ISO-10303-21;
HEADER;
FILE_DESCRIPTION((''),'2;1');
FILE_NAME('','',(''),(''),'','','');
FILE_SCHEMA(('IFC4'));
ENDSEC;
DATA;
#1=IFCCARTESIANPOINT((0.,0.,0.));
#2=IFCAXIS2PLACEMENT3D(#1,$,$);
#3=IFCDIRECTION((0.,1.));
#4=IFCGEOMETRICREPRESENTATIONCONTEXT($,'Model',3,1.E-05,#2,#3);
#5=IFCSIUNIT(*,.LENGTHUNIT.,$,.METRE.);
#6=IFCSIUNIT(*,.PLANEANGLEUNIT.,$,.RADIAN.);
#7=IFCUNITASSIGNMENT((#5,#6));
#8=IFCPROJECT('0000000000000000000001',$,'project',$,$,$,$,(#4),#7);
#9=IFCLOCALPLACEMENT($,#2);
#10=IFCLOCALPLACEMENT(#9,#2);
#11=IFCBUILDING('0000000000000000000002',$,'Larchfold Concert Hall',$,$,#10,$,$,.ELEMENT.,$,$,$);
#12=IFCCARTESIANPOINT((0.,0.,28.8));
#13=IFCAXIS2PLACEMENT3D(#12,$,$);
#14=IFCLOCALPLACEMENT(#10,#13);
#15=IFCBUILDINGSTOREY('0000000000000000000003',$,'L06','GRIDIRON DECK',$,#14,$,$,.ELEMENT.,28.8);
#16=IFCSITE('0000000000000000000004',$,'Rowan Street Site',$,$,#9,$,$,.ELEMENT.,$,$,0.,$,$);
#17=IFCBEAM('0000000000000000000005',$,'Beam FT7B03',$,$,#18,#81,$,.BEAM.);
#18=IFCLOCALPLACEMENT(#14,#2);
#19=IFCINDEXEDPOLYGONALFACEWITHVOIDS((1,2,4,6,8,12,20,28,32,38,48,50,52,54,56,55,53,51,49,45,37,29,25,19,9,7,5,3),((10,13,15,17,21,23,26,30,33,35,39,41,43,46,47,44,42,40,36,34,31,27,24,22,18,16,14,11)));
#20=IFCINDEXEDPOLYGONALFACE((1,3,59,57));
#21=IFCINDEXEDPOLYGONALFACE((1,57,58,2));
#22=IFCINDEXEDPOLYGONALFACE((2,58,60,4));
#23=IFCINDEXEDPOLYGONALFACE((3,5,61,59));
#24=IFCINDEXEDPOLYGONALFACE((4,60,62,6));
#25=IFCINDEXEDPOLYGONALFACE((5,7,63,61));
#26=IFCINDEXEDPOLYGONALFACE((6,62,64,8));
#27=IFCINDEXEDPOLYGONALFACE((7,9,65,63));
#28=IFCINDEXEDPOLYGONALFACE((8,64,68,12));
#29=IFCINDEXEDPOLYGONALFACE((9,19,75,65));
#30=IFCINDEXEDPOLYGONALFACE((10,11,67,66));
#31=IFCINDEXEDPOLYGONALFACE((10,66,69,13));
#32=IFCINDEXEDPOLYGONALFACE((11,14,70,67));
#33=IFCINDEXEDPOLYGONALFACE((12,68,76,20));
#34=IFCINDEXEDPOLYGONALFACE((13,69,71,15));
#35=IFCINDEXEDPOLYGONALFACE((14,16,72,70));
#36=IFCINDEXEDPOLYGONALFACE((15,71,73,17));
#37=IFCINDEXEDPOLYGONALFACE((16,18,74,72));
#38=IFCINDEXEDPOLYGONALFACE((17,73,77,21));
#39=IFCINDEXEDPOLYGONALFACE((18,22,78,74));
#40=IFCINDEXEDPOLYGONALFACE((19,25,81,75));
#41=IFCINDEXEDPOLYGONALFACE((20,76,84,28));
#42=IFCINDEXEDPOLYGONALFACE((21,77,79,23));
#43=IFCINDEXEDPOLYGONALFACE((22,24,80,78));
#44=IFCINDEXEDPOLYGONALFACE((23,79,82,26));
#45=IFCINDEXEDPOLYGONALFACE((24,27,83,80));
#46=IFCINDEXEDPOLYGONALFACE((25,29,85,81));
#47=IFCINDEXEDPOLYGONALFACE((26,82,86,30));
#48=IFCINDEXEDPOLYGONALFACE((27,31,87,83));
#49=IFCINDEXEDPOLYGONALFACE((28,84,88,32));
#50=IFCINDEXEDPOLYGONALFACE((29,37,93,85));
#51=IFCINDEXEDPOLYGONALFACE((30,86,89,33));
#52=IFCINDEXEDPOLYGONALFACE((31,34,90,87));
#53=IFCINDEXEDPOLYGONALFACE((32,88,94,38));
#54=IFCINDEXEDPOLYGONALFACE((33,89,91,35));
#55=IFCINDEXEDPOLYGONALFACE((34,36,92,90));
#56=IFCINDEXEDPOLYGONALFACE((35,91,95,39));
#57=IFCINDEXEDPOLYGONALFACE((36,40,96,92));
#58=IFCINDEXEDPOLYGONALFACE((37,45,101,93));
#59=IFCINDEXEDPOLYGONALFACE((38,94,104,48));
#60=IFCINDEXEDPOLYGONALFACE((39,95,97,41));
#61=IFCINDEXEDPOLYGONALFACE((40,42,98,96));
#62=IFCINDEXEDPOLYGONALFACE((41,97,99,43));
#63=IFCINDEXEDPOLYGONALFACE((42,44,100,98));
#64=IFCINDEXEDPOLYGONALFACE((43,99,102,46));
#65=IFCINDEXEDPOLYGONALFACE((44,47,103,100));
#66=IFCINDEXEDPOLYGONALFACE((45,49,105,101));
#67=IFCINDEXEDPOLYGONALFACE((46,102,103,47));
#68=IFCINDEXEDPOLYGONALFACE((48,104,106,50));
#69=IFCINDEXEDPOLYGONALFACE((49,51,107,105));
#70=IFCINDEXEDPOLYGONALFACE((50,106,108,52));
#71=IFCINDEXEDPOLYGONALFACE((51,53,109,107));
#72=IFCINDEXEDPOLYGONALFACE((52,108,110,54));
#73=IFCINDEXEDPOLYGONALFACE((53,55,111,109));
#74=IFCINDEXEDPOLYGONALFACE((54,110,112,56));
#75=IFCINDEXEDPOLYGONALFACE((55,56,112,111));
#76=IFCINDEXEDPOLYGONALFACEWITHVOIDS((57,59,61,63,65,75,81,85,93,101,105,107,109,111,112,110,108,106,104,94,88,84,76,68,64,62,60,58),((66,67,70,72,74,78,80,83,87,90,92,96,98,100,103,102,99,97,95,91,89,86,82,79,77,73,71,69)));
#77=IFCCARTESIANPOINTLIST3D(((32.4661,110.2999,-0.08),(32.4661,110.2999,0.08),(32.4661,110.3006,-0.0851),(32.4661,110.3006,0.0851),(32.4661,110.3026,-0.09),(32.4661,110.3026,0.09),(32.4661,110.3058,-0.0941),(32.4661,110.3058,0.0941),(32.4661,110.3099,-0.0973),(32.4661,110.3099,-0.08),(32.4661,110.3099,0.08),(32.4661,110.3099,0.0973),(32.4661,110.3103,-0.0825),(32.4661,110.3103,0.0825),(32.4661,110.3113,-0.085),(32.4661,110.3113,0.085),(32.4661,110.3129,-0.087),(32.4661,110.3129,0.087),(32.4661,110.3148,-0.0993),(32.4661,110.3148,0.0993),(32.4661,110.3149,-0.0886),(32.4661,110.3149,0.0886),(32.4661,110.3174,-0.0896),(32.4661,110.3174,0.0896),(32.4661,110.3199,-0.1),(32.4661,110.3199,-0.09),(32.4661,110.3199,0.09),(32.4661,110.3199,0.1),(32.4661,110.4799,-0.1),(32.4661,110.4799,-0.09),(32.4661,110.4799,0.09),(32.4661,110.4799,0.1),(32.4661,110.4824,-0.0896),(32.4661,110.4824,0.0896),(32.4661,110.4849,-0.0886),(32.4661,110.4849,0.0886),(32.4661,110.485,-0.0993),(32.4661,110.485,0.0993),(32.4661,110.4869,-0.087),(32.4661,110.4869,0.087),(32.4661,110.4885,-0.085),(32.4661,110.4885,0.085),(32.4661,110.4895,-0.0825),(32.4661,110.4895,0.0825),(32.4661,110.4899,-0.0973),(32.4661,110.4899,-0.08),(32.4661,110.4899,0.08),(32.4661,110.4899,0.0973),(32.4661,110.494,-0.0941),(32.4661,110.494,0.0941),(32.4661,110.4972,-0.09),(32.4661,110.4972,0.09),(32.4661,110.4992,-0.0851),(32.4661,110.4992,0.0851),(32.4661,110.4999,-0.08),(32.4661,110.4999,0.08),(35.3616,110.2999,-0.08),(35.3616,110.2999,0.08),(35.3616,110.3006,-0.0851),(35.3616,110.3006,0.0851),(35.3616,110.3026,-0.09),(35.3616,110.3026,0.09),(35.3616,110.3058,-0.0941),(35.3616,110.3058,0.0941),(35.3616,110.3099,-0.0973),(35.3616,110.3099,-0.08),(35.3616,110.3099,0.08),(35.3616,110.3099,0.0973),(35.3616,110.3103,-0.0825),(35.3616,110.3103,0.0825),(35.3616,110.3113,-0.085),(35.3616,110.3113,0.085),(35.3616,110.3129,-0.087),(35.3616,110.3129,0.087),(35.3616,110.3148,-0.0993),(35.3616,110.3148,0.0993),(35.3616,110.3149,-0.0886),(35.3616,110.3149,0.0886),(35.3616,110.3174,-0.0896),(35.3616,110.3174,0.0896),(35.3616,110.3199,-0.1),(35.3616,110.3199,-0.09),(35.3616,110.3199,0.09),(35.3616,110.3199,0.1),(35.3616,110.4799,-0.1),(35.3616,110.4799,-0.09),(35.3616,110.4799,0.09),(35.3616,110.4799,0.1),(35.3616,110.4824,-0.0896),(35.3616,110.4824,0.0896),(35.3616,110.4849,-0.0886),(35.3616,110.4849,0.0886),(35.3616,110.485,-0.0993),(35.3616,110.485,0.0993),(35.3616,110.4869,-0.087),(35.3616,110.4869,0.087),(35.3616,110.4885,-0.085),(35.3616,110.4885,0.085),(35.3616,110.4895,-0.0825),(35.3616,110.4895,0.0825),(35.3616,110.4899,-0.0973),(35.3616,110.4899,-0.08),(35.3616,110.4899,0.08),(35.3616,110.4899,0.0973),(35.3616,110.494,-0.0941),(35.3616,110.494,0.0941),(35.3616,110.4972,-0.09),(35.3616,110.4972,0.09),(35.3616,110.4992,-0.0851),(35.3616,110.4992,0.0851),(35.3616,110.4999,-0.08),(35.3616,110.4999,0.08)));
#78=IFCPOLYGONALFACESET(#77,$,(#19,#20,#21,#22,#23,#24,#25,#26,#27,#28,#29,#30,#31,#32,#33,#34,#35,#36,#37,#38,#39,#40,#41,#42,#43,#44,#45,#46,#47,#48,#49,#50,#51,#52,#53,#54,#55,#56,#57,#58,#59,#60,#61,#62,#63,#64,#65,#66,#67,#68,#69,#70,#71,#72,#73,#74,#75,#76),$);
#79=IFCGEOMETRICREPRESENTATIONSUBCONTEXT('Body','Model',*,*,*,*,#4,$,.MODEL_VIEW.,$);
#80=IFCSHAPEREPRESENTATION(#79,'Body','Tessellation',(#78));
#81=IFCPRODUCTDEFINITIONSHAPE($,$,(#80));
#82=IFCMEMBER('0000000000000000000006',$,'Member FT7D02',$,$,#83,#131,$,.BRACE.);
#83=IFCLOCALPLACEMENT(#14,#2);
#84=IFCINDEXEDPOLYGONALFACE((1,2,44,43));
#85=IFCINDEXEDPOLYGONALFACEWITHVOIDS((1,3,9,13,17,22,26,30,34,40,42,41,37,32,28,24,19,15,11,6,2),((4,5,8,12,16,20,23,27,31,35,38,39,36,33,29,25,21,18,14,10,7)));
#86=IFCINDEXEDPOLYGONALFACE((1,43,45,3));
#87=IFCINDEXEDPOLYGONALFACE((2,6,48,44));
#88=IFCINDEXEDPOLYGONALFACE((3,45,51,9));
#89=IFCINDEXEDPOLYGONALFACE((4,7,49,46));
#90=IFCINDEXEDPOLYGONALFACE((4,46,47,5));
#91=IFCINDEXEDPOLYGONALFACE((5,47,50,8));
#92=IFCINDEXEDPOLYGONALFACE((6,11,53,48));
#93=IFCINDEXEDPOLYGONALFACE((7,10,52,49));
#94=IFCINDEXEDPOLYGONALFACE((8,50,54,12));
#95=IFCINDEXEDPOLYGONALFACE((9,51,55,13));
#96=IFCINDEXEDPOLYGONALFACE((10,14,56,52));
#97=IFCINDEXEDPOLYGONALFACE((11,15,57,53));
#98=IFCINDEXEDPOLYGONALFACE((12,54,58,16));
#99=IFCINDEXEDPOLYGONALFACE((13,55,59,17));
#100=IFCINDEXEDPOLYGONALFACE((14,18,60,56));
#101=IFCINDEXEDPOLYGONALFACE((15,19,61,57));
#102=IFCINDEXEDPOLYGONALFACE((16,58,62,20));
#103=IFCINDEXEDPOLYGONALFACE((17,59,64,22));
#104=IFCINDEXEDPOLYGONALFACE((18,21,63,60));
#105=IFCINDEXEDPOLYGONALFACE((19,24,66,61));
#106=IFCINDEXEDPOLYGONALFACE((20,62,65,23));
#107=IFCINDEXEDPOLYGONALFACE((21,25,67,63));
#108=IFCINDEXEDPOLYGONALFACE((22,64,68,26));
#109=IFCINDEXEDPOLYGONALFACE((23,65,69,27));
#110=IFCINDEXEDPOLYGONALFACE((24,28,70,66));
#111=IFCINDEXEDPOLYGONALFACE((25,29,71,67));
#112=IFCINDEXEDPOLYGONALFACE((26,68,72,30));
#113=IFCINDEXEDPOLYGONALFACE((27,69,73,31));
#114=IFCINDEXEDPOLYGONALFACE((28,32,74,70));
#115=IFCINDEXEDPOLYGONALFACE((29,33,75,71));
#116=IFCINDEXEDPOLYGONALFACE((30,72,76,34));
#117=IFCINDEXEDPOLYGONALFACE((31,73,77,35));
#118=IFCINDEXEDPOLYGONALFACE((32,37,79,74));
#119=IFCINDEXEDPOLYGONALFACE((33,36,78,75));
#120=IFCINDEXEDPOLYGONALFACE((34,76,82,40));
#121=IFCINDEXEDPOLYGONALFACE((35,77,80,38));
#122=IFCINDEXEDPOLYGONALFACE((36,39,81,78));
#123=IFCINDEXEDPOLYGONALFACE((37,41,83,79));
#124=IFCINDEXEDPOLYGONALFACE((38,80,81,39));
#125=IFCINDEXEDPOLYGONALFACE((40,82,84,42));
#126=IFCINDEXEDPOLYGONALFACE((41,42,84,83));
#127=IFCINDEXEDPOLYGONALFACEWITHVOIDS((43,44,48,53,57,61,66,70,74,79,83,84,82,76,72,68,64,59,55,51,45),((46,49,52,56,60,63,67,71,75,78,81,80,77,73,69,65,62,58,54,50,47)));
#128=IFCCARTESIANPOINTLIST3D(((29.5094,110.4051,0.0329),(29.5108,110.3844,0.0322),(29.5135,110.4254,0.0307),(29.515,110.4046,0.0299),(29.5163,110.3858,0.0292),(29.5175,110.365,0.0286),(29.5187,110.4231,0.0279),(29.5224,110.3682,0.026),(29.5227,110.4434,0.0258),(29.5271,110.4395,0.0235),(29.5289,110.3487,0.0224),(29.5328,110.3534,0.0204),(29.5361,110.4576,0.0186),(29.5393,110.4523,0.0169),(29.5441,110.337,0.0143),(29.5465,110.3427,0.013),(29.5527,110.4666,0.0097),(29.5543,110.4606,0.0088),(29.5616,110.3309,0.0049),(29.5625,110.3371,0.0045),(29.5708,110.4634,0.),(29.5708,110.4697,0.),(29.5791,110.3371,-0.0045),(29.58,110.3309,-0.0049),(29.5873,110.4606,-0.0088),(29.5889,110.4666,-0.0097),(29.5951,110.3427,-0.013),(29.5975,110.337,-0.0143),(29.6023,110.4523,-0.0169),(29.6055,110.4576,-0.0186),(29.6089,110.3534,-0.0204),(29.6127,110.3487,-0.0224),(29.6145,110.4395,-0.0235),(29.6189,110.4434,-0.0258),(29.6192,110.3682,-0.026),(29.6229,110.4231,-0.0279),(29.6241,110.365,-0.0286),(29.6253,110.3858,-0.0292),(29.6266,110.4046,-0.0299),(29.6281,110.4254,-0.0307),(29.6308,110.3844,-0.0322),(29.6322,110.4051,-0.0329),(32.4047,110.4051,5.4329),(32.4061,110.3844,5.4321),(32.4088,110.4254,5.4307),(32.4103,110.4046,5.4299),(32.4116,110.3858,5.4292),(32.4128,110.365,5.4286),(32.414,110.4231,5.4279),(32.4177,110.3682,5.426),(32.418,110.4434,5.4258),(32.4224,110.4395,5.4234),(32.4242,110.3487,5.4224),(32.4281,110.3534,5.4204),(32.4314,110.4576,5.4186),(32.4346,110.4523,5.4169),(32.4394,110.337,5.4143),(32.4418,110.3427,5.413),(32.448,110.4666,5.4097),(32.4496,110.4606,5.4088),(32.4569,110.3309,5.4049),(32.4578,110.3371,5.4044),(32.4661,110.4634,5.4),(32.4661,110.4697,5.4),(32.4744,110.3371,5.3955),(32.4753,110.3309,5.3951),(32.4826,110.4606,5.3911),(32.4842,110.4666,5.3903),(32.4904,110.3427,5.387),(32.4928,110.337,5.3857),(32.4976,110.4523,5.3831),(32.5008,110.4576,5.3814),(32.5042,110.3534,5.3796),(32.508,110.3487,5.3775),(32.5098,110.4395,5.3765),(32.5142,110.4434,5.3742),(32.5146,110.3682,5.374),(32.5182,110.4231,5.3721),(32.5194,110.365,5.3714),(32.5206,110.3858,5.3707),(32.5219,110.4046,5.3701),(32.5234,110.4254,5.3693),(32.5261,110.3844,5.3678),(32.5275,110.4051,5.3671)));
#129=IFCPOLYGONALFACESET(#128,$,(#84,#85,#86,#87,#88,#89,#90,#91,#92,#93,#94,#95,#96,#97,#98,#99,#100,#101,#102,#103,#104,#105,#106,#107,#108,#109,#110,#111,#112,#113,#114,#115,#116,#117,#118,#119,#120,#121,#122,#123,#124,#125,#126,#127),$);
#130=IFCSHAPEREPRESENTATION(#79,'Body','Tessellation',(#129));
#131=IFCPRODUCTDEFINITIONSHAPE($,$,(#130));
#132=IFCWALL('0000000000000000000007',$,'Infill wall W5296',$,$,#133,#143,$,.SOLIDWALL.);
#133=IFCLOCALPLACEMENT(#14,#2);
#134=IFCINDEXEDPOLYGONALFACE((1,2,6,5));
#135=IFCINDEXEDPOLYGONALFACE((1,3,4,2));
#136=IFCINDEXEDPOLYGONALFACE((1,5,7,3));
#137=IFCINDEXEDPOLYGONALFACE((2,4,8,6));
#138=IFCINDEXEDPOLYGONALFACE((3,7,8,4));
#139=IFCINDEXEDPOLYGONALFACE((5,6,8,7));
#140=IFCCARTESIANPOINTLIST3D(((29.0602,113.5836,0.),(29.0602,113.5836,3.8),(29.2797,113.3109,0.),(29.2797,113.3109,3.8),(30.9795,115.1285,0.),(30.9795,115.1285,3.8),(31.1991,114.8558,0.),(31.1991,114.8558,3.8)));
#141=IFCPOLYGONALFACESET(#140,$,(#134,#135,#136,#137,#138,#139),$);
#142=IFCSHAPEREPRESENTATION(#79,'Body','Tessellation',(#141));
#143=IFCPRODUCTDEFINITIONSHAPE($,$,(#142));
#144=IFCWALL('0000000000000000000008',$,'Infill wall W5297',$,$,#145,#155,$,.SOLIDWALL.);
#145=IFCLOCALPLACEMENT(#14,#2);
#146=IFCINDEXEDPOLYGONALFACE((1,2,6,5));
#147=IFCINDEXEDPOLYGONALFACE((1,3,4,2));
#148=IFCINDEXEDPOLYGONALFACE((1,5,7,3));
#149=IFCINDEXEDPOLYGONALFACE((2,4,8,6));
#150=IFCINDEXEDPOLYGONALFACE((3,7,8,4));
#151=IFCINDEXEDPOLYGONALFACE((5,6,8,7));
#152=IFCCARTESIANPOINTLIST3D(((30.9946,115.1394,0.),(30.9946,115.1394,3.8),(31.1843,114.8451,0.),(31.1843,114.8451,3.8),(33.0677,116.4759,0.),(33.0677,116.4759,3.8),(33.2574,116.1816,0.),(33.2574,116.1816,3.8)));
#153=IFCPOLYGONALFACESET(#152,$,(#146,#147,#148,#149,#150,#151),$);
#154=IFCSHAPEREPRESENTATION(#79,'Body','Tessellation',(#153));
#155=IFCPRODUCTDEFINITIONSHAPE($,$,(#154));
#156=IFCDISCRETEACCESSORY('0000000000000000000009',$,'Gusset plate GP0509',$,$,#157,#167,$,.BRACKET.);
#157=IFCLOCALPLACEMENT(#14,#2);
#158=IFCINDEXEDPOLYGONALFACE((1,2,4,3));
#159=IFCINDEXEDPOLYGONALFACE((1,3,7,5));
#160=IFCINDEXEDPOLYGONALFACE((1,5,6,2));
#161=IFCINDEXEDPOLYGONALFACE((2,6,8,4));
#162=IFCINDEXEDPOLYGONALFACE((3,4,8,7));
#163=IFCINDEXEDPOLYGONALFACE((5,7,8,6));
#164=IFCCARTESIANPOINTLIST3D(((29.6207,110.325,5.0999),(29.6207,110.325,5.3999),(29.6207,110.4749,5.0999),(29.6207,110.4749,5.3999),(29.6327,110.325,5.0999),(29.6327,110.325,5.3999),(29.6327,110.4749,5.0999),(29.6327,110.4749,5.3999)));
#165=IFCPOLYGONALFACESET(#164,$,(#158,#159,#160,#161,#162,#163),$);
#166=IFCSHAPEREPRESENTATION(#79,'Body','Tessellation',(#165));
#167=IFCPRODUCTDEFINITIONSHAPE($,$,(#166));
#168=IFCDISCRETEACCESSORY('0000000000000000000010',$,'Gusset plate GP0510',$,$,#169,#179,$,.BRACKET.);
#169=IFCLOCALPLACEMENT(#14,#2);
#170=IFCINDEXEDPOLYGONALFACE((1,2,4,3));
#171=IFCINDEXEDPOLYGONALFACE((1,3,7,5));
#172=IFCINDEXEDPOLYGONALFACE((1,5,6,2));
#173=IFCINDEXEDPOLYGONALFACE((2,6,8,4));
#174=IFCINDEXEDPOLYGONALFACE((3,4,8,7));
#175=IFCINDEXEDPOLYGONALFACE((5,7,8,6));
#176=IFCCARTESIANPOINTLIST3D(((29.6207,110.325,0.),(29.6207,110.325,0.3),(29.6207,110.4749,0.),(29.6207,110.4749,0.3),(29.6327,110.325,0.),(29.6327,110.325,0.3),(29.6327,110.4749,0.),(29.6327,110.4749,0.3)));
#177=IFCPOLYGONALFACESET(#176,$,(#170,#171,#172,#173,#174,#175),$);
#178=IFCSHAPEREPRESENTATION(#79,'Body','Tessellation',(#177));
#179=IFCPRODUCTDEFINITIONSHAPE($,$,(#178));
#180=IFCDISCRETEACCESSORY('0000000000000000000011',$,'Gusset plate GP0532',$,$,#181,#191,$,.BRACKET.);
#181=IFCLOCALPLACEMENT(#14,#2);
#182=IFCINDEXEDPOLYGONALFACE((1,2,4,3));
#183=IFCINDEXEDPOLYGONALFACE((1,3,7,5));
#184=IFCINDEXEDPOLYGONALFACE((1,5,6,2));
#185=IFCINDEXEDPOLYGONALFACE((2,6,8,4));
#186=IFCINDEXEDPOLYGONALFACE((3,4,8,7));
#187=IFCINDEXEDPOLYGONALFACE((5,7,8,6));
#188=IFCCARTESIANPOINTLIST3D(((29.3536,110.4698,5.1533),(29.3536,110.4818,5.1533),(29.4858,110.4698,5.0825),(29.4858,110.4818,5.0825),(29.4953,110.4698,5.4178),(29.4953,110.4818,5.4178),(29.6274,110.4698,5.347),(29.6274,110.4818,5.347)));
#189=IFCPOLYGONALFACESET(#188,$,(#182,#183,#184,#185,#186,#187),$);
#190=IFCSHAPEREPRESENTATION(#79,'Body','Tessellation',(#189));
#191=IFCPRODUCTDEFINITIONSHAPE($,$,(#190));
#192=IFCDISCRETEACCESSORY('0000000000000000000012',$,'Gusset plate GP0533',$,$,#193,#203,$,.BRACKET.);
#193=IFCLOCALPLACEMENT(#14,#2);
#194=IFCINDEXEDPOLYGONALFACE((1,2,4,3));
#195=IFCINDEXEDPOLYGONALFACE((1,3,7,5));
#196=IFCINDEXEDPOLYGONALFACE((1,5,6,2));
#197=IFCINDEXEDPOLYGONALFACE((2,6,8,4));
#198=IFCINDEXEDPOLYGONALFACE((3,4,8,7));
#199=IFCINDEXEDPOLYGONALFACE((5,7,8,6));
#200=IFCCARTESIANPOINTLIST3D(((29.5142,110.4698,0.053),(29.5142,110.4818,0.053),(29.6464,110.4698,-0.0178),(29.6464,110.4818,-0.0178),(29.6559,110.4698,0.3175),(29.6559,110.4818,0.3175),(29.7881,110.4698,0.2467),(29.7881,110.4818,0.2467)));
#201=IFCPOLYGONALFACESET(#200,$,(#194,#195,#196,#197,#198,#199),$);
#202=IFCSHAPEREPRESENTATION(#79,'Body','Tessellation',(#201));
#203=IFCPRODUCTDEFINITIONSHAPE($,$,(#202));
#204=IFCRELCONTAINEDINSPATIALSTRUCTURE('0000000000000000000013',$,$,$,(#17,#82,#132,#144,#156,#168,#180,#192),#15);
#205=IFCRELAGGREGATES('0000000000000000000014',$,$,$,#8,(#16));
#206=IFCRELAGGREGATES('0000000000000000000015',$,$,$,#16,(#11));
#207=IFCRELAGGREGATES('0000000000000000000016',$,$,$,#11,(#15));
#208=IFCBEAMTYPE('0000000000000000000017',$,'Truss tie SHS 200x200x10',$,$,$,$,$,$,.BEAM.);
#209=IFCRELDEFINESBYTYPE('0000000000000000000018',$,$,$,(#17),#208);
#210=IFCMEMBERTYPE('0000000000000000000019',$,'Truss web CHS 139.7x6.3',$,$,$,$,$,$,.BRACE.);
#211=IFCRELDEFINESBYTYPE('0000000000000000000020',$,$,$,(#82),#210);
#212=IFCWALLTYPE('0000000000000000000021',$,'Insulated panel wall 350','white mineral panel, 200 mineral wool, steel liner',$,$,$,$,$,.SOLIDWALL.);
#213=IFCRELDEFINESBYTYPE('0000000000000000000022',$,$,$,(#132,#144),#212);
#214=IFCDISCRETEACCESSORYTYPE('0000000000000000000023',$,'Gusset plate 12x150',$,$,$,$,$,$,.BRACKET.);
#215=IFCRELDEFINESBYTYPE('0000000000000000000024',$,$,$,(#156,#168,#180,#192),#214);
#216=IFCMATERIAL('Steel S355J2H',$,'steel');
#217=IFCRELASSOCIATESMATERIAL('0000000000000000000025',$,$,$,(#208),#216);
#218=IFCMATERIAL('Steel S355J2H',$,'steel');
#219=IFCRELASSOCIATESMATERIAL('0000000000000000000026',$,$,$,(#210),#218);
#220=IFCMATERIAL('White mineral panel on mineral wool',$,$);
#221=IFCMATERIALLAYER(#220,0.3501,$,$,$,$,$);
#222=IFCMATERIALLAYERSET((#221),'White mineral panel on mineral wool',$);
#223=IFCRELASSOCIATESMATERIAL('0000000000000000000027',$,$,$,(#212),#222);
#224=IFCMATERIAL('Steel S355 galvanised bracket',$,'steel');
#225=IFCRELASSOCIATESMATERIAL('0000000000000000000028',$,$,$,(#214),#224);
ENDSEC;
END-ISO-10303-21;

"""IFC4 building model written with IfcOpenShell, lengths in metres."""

from ifc_helpers import new_model, si_unit, direction, frame, frame_2d, origin, origin_2d, place, context, subcontext, project, spatial, rectangle, hollow_rectangle, hollow_circle, extrude, material, layer, layer_set, material_profile, profile_set, type_object, element, save


model = new_model("IFC4")

# Units and contexts
model_context = context("Model", 3, precision=1e-05, world=origin(), true_north=direction((0.0, 1.0)))
body_context = subcontext(model_context, "Body", "Model", "MODEL_VIEW")
ifc_project = project(units=[si_unit("LENGTHUNIT", "METRE"), si_unit("PLANEANGLEUNIT", "RADIAN")], contexts=[model_context])

# Site, building, storey
site_placement = place(None, origin())
site = spatial("IfcSite", under=ifc_project, at=site_placement, Name="Rowan Street Site", CompositionType="ELEMENT", RefElevation=0.0)
building_placement = place(site_placement, origin())
building = spatial("IfcBuilding", under=site, at=building_placement, Name="Larchfold Concert Hall", CompositionType="ELEMENT")
storey_placement = place(building_placement, frame((0.0, 0.0, 28.8)))
storey = spatial("IfcBuildingStorey", under=building, at=storey_placement, Name="L06", Description="GRIDIRON DECK", CompositionType="ELEMENT", Elevation=28.8)

# Beam
ifc_material_1 = material(Name="Steel S355J2H", Category="steel")
ifc_material_profile_1 = material_profile(ifc_material_1, hollow_rectangle(XDim=0.2, YDim=0.2, WallThickness=0.01, InnerFilletRadius=0.01, OuterFilletRadius=0.02, at=origin_2d()))
ifc_profile_set_1 = profile_set([ifc_material_profile_1], Name="Steel S355J2H")
beam_type_1 = type_object("IfcBeamType", Name="Truss tie SHS 200x200x10", PredefinedType="BEAM", material=ifc_profile_set_1)
beam_1_placement = place(storey_placement, frame((32.4661, 110.3999, 0.0), z_axis=(1.0, 0.0, 0.0), x_axis=(0.0, 1.0, 0.0)))
element("IfcBeam", 1, at=beam_1_placement, inside=storey, type_object=beam_type_1, Name="Beam FT7B03", PredefinedType="BEAM", context=body_context, shape_type="SweptSolid", body=[
    extrude(hollow_rectangle(XDim=0.2, YDim=0.2, WallThickness=0.01, InnerFilletRadius=0.01, OuterFilletRadius=0.02, at=origin_2d()), origin(), (0.0, 0.0, 1.0), 2.8955),
])

# Member
ifc_material_2 = material(Name="Steel S355J2H", Category="steel")
ifc_material_profile_2 = material_profile(ifc_material_2, hollow_circle(Radius=0.0698, WallThickness=0.0063, at=origin_2d()))
ifc_profile_set_2 = profile_set([ifc_material_profile_2], Name="Steel S355J2H")
member_type_1 = type_object("IfcMemberType", Name="Truss web CHS 139.7x6.3", PredefinedType="BRACE", material=ifc_profile_set_2)
member_1_placement = place(storey_placement, frame((29.5708, 110.3999, 0.0), z_axis=(0.472533, 0.0, 0.881313), x_axis=(0.0, 1.0, 0.0)))
element("IfcMember", 2, at=member_1_placement, inside=storey, type_object=member_type_1, Name="Member FT7D02", PredefinedType="BRACE", context=body_context, shape_type="SweptSolid", body=[
    extrude(hollow_circle(Radius=0.0698, WallThickness=0.0063, at=origin_2d()), origin(), (0.0, 0.0, 1.0), 6.1272),
])

# Walls
ifc_material_3 = material(Name="White mineral panel on mineral wool")
ifc_layer = layer(ifc_material_3, 0.3501)
ifc_layer_set = layer_set([ifc_layer], Name="White mineral panel on mineral wool")
wall_type = type_object("IfcWallType", Name="Insulated panel wall 350", Description="white mineral panel, 200 mineral wool, steel liner", PredefinedType="SOLIDWALL", material=ifc_layer_set)
wall_1_placement = place(storey_placement, frame((29.1699, 113.4473, 0.0), z_axis=(0.0, 0.0, 1.0), x_axis=(0.779009, 0.627012, 0.0)))
element("IfcWall", 3, at=wall_1_placement, inside=storey, type_object=wall_type, Name="Infill wall W5296", PredefinedType="SOLIDWALL", context=body_context, shape_type="SweptSolid", body=[
    extrude(rectangle(XDim=2.4639, YDim=0.3501, at=frame_2d((1.2319, 0.0))), origin(), (0.0, 0.0, 1.0), 3.8),
])
wall_2_placement = place(storey_placement, frame((31.0894, 114.9922, 0.0), z_axis=(0.0, 0.0, 1.0), x_axis=(0.84048, 0.541843, 0.0)))
element("IfcWall", 4, at=wall_2_placement, inside=storey, type_object=wall_type, Name="Infill wall W5297", PredefinedType="SOLIDWALL", context=body_context, shape_type="SweptSolid", body=[
    extrude(rectangle(XDim=2.4666, YDim=0.3501, at=frame_2d((1.2334, 0.0))), origin(), (0.0, 0.0, 1.0), 3.8),
])

# Discrete accessories
ifc_material_4 = material(Name="Steel S355 galvanised bracket", Category="steel")
ifc_material_profile_3 = material_profile(ifc_material_4, rectangle(XDim=0.012, YDim=0.1499, at=origin_2d()))
ifc_profile_set_3 = profile_set([ifc_material_profile_3], Name="Steel S355 galvanised bracket")
discrete_accessory_type_1 = type_object("IfcDiscreteAccessoryType", Name="Gusset plate 12x150", PredefinedType="BRACKET", material=ifc_profile_set_3)
for number, where, z_axis, x_axis, name in (
    (5, (29.6267, 110.3999, 5.3999), (0.0, 0.0, -1.0), (1.0, 0.0, 0.0), "Gusset plate GP0509"),
    (6, (29.6267, 110.3999, 0.3), (0.0, 0.0, -1.0), (1.0, 0.0, 0.0), "Gusset plate GP0510"),
    (7, (29.4197, 110.4758, 5.1179), (0.472108, 0.0, 0.88154), (0.0, 1.0, 0.0), "Gusset plate GP0532"),
    (8, (29.5803, 110.4758, 0.0176), (0.472108, 0.0, 0.88154), (0.0, 1.0, 0.0), "Gusset plate GP0533"),
):
    element("IfcDiscreteAccessory", number, at=place(storey_placement, frame(where, z_axis=z_axis, x_axis=x_axis)), inside=storey, type_object=discrete_accessory_type_1, Name=name, PredefinedType="BRACKET", context=body_context, shape_type="SweptSolid", body=[
        extrude(rectangle(XDim=0.012, YDim=0.1499, at=origin_2d()), origin(), (0.0, 0.0, 1.0), 0.3),
    ])

save(model, "model.ifc")
